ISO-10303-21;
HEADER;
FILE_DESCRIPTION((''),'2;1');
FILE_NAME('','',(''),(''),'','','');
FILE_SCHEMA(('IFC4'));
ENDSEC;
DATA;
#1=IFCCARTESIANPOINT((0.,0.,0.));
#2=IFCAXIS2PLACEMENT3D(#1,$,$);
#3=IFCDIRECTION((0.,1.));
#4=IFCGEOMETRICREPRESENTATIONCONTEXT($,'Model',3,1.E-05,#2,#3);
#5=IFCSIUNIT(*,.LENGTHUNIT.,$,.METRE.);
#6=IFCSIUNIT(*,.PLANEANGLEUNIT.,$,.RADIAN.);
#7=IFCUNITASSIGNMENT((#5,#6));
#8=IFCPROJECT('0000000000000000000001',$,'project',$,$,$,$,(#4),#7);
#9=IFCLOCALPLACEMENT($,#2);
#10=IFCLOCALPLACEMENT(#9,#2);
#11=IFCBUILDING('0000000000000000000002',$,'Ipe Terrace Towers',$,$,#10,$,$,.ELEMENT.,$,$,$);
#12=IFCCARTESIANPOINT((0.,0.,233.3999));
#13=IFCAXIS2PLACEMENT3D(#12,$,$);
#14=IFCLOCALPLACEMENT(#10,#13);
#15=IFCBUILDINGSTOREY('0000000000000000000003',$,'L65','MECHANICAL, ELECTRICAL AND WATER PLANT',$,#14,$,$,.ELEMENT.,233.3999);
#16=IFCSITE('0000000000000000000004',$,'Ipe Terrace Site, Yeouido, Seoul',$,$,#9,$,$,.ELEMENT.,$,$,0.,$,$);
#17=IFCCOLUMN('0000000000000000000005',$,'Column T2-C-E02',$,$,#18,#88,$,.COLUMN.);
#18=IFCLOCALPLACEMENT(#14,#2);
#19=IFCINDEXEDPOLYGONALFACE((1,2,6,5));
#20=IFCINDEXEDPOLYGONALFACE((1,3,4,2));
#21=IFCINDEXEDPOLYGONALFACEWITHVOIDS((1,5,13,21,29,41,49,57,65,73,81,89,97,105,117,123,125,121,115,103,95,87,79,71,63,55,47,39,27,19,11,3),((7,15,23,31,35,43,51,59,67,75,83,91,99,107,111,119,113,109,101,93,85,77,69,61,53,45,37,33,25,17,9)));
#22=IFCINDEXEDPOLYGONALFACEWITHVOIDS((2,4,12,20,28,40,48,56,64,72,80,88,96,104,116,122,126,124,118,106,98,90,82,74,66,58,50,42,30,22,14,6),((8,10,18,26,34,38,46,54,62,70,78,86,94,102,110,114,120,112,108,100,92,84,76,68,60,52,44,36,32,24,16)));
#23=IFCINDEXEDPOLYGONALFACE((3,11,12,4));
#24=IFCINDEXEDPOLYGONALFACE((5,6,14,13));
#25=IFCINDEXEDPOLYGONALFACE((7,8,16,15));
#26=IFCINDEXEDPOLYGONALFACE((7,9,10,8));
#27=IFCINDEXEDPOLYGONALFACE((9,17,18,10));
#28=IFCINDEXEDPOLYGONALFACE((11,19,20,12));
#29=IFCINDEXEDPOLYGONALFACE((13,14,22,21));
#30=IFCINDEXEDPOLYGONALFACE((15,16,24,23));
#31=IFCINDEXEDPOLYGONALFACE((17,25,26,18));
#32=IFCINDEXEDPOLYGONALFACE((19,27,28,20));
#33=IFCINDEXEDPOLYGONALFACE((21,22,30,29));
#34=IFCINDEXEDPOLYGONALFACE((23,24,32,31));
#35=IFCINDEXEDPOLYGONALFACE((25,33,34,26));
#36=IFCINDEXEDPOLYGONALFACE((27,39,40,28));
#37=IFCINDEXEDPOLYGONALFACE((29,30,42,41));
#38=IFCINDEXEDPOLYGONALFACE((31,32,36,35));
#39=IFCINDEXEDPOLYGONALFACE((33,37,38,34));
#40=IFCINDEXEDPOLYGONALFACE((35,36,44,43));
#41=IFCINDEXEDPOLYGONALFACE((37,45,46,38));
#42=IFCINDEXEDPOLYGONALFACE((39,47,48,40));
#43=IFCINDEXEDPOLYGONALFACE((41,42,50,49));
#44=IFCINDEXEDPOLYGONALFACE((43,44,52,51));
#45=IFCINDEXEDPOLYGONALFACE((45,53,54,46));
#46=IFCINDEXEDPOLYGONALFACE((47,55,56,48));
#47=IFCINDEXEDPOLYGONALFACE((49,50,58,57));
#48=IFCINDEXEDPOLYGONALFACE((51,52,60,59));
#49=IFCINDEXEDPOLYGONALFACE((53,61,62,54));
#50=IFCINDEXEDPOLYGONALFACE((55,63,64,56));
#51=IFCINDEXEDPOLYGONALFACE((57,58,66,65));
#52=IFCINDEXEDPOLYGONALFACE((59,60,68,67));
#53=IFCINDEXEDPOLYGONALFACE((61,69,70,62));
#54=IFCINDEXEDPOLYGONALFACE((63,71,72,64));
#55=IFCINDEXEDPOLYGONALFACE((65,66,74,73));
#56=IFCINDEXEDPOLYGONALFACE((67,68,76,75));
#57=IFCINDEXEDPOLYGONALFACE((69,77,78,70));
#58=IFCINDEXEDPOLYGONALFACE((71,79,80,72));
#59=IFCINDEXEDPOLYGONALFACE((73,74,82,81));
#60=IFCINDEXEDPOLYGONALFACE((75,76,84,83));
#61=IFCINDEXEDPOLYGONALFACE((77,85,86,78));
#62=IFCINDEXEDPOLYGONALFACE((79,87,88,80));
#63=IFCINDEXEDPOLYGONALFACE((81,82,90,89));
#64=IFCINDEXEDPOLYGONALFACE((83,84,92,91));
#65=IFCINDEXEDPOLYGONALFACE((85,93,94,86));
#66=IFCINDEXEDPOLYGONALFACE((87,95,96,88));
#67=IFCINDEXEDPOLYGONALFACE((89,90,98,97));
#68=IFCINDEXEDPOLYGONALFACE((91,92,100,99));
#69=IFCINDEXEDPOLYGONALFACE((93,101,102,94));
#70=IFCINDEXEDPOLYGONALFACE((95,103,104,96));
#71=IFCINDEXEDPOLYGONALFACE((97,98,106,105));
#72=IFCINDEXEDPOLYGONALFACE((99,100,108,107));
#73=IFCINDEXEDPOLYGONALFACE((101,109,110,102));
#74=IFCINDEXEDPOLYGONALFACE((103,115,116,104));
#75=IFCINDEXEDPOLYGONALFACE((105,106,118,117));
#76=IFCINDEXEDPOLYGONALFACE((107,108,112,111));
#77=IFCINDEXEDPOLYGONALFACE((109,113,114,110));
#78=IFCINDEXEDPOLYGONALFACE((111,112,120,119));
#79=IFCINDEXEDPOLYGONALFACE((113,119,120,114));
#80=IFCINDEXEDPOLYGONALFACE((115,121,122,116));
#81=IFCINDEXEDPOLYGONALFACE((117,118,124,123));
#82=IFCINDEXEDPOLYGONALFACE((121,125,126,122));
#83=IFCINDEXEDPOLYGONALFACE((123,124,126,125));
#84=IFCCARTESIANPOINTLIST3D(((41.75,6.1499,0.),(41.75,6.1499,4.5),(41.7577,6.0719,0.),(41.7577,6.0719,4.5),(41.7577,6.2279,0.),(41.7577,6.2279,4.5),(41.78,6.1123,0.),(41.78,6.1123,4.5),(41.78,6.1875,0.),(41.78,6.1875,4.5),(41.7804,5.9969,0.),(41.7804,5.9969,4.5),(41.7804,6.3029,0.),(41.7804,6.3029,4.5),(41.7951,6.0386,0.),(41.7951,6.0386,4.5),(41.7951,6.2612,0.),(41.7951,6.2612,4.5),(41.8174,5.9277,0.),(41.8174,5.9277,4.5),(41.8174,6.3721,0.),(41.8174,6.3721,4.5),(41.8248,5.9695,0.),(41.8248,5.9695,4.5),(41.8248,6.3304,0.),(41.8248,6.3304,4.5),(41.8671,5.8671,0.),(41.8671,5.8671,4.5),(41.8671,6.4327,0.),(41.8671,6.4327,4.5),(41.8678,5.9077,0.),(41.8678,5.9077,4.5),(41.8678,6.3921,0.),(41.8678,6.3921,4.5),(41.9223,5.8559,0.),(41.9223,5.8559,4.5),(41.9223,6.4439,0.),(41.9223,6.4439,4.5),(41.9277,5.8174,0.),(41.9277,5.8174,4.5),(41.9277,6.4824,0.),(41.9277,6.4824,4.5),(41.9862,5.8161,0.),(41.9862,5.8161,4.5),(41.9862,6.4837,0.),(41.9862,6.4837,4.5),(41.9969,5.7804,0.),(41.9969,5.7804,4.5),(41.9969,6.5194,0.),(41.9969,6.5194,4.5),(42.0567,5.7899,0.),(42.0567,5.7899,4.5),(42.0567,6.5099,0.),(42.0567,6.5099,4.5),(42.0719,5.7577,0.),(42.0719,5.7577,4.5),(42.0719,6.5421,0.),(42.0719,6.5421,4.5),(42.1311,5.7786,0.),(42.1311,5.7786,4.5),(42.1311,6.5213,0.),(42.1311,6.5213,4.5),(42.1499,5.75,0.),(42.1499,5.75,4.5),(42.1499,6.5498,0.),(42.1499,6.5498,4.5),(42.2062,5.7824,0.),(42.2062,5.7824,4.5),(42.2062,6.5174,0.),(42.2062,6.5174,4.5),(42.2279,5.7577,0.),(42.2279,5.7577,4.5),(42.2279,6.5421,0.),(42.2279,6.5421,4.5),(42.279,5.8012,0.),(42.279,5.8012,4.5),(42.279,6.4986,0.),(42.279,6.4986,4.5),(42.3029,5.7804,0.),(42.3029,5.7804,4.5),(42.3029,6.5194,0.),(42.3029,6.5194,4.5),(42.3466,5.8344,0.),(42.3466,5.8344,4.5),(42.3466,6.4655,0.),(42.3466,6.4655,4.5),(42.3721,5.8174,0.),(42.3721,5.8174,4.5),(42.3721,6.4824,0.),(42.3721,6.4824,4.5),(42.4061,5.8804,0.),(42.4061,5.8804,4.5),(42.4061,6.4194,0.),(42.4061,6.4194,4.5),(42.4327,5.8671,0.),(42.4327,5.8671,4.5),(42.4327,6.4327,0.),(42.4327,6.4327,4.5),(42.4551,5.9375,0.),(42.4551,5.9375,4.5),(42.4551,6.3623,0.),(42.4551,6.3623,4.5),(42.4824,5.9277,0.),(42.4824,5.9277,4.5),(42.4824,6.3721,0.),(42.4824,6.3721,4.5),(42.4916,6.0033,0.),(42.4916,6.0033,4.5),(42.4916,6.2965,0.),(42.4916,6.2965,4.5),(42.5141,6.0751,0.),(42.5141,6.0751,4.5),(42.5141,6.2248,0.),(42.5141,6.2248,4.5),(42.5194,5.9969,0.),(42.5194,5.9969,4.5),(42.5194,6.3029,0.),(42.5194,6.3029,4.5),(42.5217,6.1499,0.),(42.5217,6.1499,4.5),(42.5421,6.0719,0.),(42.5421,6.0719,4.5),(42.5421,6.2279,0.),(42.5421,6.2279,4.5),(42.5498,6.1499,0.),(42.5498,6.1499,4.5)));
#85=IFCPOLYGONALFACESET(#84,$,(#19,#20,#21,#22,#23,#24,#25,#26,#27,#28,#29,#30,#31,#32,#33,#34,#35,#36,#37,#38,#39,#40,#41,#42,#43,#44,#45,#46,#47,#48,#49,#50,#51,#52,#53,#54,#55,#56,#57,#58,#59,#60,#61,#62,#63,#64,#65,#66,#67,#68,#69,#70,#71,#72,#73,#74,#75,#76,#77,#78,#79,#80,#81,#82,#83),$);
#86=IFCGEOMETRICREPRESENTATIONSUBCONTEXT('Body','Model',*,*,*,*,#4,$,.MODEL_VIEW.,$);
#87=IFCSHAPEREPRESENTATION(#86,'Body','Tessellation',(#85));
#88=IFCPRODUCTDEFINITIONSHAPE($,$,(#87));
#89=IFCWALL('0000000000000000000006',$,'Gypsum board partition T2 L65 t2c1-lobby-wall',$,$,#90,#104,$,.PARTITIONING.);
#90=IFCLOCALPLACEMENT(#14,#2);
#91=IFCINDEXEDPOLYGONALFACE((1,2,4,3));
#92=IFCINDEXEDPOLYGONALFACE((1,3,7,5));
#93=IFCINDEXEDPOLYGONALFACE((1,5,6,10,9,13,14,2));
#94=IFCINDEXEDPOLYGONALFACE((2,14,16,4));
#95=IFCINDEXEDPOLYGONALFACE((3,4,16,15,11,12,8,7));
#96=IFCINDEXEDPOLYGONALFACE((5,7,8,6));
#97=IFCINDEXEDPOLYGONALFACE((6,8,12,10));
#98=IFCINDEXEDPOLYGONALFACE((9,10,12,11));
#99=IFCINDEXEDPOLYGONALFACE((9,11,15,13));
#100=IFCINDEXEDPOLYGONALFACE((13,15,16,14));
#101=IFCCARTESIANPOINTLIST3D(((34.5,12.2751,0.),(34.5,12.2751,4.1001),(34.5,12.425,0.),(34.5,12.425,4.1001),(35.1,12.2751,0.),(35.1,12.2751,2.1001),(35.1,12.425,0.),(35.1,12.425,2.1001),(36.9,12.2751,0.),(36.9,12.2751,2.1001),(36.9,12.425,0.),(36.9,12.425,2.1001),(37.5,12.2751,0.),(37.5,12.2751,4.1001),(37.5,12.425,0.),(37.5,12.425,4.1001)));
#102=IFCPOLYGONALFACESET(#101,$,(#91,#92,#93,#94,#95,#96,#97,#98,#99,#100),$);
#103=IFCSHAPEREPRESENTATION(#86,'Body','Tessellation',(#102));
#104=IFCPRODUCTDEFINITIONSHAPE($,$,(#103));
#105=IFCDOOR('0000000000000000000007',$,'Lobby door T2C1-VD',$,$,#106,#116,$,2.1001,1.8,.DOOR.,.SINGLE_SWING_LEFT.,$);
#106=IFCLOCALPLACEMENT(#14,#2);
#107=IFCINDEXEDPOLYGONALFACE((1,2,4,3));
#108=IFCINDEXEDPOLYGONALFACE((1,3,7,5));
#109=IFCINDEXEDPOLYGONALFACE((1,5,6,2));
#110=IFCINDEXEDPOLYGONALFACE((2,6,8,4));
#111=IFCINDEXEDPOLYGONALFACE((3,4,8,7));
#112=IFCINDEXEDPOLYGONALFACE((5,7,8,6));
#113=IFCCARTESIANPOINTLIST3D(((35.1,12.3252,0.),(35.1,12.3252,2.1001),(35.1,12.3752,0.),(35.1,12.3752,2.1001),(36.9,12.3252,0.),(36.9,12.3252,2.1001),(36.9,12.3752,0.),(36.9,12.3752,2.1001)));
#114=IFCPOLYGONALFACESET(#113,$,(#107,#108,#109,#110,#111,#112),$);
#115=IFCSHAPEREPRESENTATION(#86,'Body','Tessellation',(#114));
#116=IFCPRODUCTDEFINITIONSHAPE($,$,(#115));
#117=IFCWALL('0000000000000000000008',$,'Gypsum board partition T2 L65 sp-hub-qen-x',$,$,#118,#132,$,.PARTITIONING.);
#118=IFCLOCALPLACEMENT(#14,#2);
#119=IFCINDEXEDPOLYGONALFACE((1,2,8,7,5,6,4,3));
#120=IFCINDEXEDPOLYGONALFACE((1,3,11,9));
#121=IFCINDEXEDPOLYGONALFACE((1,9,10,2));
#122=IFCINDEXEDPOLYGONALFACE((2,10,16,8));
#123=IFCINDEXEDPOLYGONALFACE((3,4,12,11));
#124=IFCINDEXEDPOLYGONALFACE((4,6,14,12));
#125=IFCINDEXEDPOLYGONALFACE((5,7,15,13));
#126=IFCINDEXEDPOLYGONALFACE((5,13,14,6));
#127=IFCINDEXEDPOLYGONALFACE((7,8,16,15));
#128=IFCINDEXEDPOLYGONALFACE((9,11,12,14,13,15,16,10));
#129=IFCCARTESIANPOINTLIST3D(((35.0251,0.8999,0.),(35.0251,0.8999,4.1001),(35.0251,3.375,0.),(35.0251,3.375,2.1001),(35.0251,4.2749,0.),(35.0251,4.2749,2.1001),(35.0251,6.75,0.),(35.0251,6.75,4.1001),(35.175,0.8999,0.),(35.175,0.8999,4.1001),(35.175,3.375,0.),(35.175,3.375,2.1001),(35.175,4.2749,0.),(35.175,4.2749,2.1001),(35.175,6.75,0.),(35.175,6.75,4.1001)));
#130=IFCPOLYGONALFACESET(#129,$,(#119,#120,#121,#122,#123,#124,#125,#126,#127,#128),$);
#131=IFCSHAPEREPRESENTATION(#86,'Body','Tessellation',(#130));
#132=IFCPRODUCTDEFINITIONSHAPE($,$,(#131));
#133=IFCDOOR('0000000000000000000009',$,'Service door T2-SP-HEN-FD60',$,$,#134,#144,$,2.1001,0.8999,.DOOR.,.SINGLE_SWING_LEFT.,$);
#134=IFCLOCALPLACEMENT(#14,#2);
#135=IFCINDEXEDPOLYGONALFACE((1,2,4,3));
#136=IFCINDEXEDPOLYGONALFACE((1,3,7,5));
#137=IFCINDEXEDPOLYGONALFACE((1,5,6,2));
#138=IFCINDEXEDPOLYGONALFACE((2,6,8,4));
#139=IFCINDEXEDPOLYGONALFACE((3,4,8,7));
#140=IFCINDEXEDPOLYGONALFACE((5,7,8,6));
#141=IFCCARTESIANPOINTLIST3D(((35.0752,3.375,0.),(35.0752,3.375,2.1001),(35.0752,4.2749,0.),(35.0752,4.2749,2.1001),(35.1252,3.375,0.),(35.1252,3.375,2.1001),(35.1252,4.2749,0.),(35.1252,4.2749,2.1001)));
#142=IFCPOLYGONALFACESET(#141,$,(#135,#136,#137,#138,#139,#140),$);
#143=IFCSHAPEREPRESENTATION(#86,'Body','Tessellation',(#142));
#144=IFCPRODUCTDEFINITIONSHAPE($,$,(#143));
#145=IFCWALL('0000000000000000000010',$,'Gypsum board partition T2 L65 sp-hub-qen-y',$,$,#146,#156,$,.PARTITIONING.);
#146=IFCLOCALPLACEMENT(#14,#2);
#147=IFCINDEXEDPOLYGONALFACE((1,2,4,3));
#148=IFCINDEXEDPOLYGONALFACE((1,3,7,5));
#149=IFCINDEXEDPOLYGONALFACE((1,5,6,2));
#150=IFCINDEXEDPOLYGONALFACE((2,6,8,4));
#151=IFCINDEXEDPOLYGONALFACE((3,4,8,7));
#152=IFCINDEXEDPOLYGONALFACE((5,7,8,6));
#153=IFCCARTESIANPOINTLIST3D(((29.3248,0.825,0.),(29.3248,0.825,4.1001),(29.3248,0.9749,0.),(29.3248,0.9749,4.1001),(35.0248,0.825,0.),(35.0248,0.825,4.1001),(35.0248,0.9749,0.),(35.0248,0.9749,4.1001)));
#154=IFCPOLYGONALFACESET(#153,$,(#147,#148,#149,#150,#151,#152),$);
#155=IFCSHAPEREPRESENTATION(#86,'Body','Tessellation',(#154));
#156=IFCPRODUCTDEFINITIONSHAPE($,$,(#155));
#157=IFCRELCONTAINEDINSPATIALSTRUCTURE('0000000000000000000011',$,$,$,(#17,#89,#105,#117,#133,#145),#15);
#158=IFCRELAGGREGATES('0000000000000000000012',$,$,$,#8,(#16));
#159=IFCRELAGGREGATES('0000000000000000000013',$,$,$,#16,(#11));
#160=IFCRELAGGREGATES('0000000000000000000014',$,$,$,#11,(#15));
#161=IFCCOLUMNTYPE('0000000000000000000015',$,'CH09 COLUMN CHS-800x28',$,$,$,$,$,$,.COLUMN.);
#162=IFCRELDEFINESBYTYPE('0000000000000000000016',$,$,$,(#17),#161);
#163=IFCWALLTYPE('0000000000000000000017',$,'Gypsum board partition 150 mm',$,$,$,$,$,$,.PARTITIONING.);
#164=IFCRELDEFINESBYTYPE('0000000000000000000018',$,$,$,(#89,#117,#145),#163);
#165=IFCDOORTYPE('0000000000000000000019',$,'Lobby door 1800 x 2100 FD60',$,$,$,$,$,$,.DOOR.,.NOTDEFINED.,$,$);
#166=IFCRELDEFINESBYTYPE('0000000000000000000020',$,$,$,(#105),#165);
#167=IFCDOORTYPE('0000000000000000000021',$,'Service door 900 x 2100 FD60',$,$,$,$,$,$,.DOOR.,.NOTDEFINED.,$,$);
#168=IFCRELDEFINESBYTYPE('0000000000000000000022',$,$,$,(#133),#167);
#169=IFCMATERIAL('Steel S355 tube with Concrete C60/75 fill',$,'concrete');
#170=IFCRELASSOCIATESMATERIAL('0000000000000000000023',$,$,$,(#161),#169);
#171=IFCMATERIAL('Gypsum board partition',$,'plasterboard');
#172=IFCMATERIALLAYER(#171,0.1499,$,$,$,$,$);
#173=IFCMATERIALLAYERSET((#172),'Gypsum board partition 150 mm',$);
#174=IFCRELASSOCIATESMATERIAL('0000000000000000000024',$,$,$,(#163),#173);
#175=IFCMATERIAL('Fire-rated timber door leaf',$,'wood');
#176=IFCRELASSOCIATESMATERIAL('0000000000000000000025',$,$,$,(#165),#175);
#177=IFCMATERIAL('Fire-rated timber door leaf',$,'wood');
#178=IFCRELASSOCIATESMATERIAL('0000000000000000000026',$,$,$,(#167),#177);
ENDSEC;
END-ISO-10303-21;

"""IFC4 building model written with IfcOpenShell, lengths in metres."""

from ifc_helpers import new_model, si_unit, direction, frame, frame_2d, origin, origin_2d, place, context, subcontext, project, spatial, rectangle, hollow_circle, extrude, material, layer, layer_set, material_profile, profile_set, type_object, element, fill, save


model = new_model("IFC4")

# Units and contexts
model_context = context("Model", 3, precision=1e-05, world=origin(), true_north=direction((0.0, 1.0)))
body_context = subcontext(model_context, "Body", "Model", "MODEL_VIEW")
ifc_project = project(units=[si_unit("LENGTHUNIT", "METRE"), si_unit("PLANEANGLEUNIT", "RADIAN")], contexts=[model_context])

# Site, building, storey
site_placement = place(None, origin())
site = spatial("IfcSite", under=ifc_project, at=site_placement, Name="Ipe Terrace Site, Yeouido, Seoul", CompositionType="ELEMENT", RefElevation=0.0)
building_placement = place(site_placement, origin())
building = spatial("IfcBuilding", under=site, at=building_placement, Name="Ipe Terrace Towers", CompositionType="ELEMENT")
storey_placement = place(building_placement, frame((0.0, 0.0, 233.3999)))
storey = spatial("IfcBuildingStorey", under=building, at=storey_placement, Name="L65", Description="MECHANICAL, ELECTRICAL AND WATER PLANT", CompositionType="ELEMENT", Elevation=233.3999)

# Column
ifc_material_1 = material(Name="Steel S355 tube with Concrete C60/75 fill", Category="concrete")
ifc_material_profile_1 = material_profile(ifc_material_1, hollow_circle(Radius=0.3999, WallThickness=0.0281, at=origin_2d()), Name="CHS-800x28")
ifc_profile_set_1 = profile_set([ifc_material_profile_1], Name="Steel S355 tube with Concrete C60/75 fill")
column_type = type_object("IfcColumnType", Name="CH09 COLUMN CHS-800x28", PredefinedType="COLUMN", material=ifc_profile_set_1)
column_placement = place(storey_placement, frame((42.1499, 6.1499, 0.0), z_axis=(0.0, 0.0, 1.0), x_axis=(1.0, 0.0, 0.0)))
element("IfcColumn", 1, at=column_placement, inside=storey, type_object=column_type, Name="Column T2-C-E02", PredefinedType="COLUMN", context=body_context, shape_type="SweptSolid", body=[
    extrude(hollow_circle(Radius=0.3999, WallThickness=0.0281, at=origin_2d()), origin(), (0.0, 0.0, 1.0), 4.5),
])

# Walls, openings, doors
ifc_material_2 = material(Name="Gypsum board partition", Category="plasterboard")
ifc_layer_1 = layer(ifc_material_2, 0.1499)
ifc_layer_set_1 = layer_set([ifc_layer_1], Name="Gypsum board partition 150 mm")
wall_type_1 = type_object("IfcWallType", Name="Gypsum board partition 150 mm", PredefinedType="PARTITIONING", material=ifc_layer_set_1)
wall_1_placement = place(storey_placement, frame((37.5, 12.3501, 0.0), z_axis=(0.0, 0.0, 1.0), x_axis=(-1.0, 0.0, 0.0)))
wall_1 = element("IfcWall", 2, at=wall_1_placement, inside=storey, type_object=wall_type_1, Name="Gypsum board partition T2 L65 t2c1-lobby-wall", PredefinedType="PARTITIONING", context=body_context, shape_type="SweptSolid", body=[
    extrude(rectangle(XDim=3.0, YDim=0.1499, at=frame_2d((1.5, 0.0))), origin(), (0.0, 0.0, 1.0), 4.1001),
])
opening_1_placement = place(wall_1_placement, frame((0.6001, 0.0, 0.0)))
opening_1 = element("IfcOpeningElement", 3, at=opening_1_placement, cuts=wall_1, PredefinedType="OPENING", context=body_context, shape_type="SweptSolid", body=[
    extrude(rectangle(XDim=1.8, YDim=2.1001, at=frame_2d((0.8999, 1.05))), frame((0.0, 0.085, 0.0), z_axis=(0.0, -1.0, 0.0), x_axis=(1.0, 0.0, 0.0)), (0.0, 0.0, 1.0), 0.1699),
])
ifc_material_3 = material(Name="Fire-rated timber door leaf", Category="wood")
door_type_1 = type_object("IfcDoorType", Name="Lobby door 1800 x 2100 FD60", OperationType="NOTDEFINED", PredefinedType="DOOR", material=ifc_material_3)
door_1_placement = place(opening_1_placement, origin())
door_1 = element("IfcDoor", 4, at=door_1_placement, inside=storey, type_object=door_type_1, Name="Lobby door T2C1-VD", OperationType="SINGLE_SWING_LEFT", OverallHeight=2.1001, OverallWidth=1.8, PredefinedType="DOOR", context=body_context, shape_type="SweptSolid", body=[
    extrude(rectangle(XDim=1.8, YDim=2.1001, at=frame_2d((0.8999, 1.05))), frame((0.0, 0.0249, 0.0), z_axis=(0.0, -1.0, 0.0), x_axis=(1.0, 0.0, 0.0)), (0.0, 0.0, 1.0), 0.05),
])
fill(opening_1, door_1)
wall_2_placement = place(storey_placement, frame((35.1001, 0.8999, 0.0), z_axis=(0.0, 0.0, 1.0), x_axis=(0.0, 1.0, 0.0)))
wall_2 = element("IfcWall", 5, at=wall_2_placement, inside=storey, type_object=wall_type_1, Name="Gypsum board partition T2 L65 sp-hub-qen-x", PredefinedType="PARTITIONING", context=body_context, shape_type="SweptSolid", body=[
    extrude(rectangle(XDim=5.8501, YDim=0.1499, at=frame_2d((2.925, 0.0))), origin(), (0.0, 0.0, 1.0), 4.1001),
])
opening_2_placement = place(wall_2_placement, frame((2.4751, 0.0, 0.0)))
opening_2 = element("IfcOpeningElement", 6, at=opening_2_placement, cuts=wall_2, PredefinedType="OPENING", context=body_context, shape_type="SweptSolid", body=[
    extrude(rectangle(XDim=0.8999, YDim=2.1001, at=frame_2d((0.45, 1.05))), frame((0.0, 0.085, 0.0), z_axis=(0.0, -1.0, 0.0), x_axis=(1.0, 0.0, 0.0)), (0.0, 0.0, 1.0), 0.1699),
])
ifc_material_4 = material(Name="Fire-rated timber door leaf", Category="wood")
door_type_2 = type_object("IfcDoorType", Name="Service door 900 x 2100 FD60", OperationType="NOTDEFINED", PredefinedType="DOOR", material=ifc_material_4)
door_2_placement = place(opening_2_placement, origin())
door_2 = element("IfcDoor", 7, at=door_2_placement, inside=storey, type_object=door_type_2, Name="Service door T2-SP-HEN-FD60", OperationType="SINGLE_SWING_LEFT", OverallHeight=2.1001, OverallWidth=0.8999, PredefinedType="DOOR", context=body_context, shape_type="SweptSolid", body=[
    extrude(rectangle(XDim=0.8999, YDim=2.1001, at=frame_2d((0.45, 1.05))), frame((0.0, 0.0249, 0.0), z_axis=(0.0, -1.0, 0.0), x_axis=(1.0, 0.0, 0.0)), (0.0, 0.0, 1.0), 0.05),
])
fill(opening_2, door_2)

# Wall
wall_3_placement = place(storey_placement, frame((35.0249, 0.8999, 0.0), z_axis=(0.0, 0.0, 1.0), x_axis=(-1.0, 0.0, 0.0)))
element("IfcWall", 8, at=wall_3_placement, inside=storey, type_object=wall_type_1, Name="Gypsum board partition T2 L65 sp-hub-qen-y", PredefinedType="PARTITIONING", context=body_context, shape_type="SweptSolid", body=[
    extrude(rectangle(XDim=5.7, YDim=0.1499, at=frame_2d((2.8501, 0.0))), origin(), (0.0, 0.0, 1.0), 4.1001),
])

save(model, "model.ifc")
